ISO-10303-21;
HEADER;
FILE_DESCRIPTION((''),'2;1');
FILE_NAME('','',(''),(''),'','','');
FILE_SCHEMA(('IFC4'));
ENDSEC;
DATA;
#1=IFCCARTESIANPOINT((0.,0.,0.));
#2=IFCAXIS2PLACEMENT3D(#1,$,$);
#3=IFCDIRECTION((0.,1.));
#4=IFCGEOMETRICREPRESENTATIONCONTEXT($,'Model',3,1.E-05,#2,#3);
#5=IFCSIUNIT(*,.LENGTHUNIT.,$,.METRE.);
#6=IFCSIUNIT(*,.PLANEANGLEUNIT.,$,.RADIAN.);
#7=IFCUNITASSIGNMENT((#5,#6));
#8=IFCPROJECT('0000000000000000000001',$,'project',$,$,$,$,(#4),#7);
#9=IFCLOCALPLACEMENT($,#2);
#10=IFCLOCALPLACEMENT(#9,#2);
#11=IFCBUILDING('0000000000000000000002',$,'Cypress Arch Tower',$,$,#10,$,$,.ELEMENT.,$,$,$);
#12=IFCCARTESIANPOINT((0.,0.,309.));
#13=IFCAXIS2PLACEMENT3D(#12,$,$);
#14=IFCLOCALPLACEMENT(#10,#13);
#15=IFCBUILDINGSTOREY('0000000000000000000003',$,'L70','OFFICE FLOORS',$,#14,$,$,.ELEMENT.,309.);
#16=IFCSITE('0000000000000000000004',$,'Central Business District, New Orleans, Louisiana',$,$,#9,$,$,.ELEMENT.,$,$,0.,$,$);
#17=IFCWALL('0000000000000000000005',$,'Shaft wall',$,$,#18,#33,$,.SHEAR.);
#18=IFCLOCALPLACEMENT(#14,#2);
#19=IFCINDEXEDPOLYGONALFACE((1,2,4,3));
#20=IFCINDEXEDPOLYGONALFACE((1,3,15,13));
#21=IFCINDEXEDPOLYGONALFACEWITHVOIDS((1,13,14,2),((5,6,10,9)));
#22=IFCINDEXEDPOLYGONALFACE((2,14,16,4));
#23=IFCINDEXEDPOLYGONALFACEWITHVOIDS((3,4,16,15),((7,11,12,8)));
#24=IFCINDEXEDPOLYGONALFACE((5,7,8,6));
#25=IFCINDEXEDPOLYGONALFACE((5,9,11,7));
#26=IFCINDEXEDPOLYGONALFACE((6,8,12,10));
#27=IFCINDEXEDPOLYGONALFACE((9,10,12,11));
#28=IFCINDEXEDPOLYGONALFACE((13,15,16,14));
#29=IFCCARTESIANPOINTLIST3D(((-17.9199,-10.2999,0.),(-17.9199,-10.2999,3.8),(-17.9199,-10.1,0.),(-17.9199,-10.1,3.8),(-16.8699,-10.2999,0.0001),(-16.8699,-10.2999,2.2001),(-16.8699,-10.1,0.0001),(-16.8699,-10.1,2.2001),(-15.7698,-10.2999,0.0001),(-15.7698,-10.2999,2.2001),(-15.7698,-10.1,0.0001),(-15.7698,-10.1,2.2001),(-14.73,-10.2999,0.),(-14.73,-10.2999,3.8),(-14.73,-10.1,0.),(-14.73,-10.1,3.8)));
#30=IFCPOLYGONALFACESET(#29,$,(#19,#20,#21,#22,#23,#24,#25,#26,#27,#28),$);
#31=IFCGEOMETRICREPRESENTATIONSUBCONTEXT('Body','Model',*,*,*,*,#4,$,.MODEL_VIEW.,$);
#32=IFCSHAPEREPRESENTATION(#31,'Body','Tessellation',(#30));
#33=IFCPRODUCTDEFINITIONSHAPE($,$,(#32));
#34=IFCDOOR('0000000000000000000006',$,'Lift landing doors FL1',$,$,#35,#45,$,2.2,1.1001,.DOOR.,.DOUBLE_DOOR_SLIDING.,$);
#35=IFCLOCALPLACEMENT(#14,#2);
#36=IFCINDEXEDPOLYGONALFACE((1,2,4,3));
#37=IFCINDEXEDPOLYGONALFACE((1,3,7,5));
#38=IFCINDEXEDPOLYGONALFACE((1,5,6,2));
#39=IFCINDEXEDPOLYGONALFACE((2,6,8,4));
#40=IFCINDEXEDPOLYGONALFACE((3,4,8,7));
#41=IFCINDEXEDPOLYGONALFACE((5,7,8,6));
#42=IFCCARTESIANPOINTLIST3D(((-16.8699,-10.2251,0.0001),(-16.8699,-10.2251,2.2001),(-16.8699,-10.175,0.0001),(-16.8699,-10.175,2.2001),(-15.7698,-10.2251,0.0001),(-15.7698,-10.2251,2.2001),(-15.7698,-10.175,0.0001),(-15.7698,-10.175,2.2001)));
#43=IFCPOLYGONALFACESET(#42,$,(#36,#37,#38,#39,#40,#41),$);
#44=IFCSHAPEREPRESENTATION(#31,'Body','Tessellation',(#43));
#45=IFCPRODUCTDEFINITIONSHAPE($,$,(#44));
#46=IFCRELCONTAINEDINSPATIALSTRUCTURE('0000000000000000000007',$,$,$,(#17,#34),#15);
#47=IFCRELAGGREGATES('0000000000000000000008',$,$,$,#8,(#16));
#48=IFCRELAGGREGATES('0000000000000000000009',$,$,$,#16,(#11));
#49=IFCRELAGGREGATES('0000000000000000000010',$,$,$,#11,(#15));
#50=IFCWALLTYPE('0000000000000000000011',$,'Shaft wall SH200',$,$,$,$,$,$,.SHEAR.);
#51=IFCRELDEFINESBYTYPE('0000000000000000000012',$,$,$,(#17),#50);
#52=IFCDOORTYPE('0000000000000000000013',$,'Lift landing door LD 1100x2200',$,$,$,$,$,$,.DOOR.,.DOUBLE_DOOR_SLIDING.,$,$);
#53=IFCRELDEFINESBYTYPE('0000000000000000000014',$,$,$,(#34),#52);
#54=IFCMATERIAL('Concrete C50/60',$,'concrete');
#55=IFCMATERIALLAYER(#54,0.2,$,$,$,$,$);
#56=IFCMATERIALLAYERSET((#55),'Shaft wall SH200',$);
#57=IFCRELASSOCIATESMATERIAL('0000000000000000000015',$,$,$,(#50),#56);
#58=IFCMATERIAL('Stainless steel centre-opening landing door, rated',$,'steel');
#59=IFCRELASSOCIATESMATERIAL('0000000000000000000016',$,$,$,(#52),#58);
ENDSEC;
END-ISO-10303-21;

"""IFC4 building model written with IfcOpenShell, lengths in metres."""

from ifc_helpers import new_model, si_unit, direction, frame, frame_2d, origin, place, context, subcontext, project, spatial, rectangle, extrude, material, layer, layer_set, type_object, element, fill, save


model = new_model("IFC4")

# Units and contexts
model_context = context("Model", 3, precision=1e-05, world=origin(), true_north=direction((0.0, 1.0)))
body_context = subcontext(model_context, "Body", "Model", "MODEL_VIEW")
ifc_project = project(units=[si_unit("LENGTHUNIT", "METRE"), si_unit("PLANEANGLEUNIT", "RADIAN")], contexts=[model_context])

# Site, building, storey
site_placement = place(None, origin())
site = spatial("IfcSite", under=ifc_project, at=site_placement, Name="Central Business District, New Orleans, Louisiana", CompositionType="ELEMENT", RefElevation=0.0)
building_placement = place(site_placement, origin())
building = spatial("IfcBuilding", under=site, at=building_placement, Name="Cypress Arch Tower", CompositionType="ELEMENT")
storey_placement = place(building_placement, frame((0.0, 0.0, 309.0)))
storey = spatial("IfcBuildingStorey", under=building, at=storey_placement, Name="L70", Description="OFFICE FLOORS", CompositionType="ELEMENT", Elevation=309.0)

# Wall, opening, door
ifc_material_1 = material(Name="Concrete C50/60", Category="concrete")
ifc_layer_1 = layer(ifc_material_1, 0.2)
ifc_layer_set_1 = layer_set([ifc_layer_1], Name="Shaft wall SH200")
wall_type_1 = type_object("IfcWallType", Name="Shaft wall SH200", PredefinedType="SHEAR", material=ifc_layer_set_1)
wall_1_placement = place(storey_placement, frame((-17.9199, -10.2, 0.0), z_axis=(0.0, 0.0, 1.0), x_axis=(1.0, 0.0, 0.0)))
wall_1 = element("IfcWall", 1, at=wall_1_placement, inside=storey, type_object=wall_type_1, Name="Shaft wall", PredefinedType="SHEAR", context=body_context, shape_type="SweptSolid", body=[
    extrude(rectangle(XDim=3.1899, YDim=0.2, at=frame_2d((1.595, 0.0))), origin(), (0.0, 0.0, 1.0), 3.8),
])
opening_1_placement = place(wall_1_placement, frame((1.05, 0.0, 0.0)))
opening_1 = element("IfcOpeningElement", 2, at=opening_1_placement, cuts=wall_1, PredefinedType="OPENING", context=body_context, shape_type="SweptSolid", body=[
    extrude(rectangle(XDim=1.1001, YDim=2.2, at=frame_2d((0.55, 1.1001))), frame((0.0, 0.1099, 0.0), z_axis=(0.0, -1.0, 0.0), x_axis=(1.0, 0.0, 0.0)), (0.0, 0.0, 1.0), 0.22),
])
ifc_material_2 = material(Name="Stainless steel centre-opening landing door, rated", Category="steel")
door_type_1 = type_object("IfcDoorType", Name="Lift landing door LD 1100x2200", OperationType="DOUBLE_DOOR_SLIDING", PredefinedType="DOOR", material=ifc_material_2)
door_1_placement = place(opening_1_placement, origin())
door_1 = element("IfcDoor", 3, at=door_1_placement, inside=storey, type_object=door_type_1, Name="Lift landing doors FL1", OperationType="DOUBLE_DOOR_SLIDING", OverallHeight=2.2, OverallWidth=1.1001, PredefinedType="DOOR", context=body_context, shape_type="SweptSolid", body=[
    extrude(rectangle(XDim=1.1001, YDim=2.2, at=frame_2d((0.55, 1.1001))), frame((0.0, 0.0249, 0.0), z_axis=(0.0, -1.0, 0.0), x_axis=(1.0, 0.0, 0.0)), (0.0, 0.0, 1.0), 0.05),
])
fill(opening_1, door_1)

save(model, "model.ifc")
